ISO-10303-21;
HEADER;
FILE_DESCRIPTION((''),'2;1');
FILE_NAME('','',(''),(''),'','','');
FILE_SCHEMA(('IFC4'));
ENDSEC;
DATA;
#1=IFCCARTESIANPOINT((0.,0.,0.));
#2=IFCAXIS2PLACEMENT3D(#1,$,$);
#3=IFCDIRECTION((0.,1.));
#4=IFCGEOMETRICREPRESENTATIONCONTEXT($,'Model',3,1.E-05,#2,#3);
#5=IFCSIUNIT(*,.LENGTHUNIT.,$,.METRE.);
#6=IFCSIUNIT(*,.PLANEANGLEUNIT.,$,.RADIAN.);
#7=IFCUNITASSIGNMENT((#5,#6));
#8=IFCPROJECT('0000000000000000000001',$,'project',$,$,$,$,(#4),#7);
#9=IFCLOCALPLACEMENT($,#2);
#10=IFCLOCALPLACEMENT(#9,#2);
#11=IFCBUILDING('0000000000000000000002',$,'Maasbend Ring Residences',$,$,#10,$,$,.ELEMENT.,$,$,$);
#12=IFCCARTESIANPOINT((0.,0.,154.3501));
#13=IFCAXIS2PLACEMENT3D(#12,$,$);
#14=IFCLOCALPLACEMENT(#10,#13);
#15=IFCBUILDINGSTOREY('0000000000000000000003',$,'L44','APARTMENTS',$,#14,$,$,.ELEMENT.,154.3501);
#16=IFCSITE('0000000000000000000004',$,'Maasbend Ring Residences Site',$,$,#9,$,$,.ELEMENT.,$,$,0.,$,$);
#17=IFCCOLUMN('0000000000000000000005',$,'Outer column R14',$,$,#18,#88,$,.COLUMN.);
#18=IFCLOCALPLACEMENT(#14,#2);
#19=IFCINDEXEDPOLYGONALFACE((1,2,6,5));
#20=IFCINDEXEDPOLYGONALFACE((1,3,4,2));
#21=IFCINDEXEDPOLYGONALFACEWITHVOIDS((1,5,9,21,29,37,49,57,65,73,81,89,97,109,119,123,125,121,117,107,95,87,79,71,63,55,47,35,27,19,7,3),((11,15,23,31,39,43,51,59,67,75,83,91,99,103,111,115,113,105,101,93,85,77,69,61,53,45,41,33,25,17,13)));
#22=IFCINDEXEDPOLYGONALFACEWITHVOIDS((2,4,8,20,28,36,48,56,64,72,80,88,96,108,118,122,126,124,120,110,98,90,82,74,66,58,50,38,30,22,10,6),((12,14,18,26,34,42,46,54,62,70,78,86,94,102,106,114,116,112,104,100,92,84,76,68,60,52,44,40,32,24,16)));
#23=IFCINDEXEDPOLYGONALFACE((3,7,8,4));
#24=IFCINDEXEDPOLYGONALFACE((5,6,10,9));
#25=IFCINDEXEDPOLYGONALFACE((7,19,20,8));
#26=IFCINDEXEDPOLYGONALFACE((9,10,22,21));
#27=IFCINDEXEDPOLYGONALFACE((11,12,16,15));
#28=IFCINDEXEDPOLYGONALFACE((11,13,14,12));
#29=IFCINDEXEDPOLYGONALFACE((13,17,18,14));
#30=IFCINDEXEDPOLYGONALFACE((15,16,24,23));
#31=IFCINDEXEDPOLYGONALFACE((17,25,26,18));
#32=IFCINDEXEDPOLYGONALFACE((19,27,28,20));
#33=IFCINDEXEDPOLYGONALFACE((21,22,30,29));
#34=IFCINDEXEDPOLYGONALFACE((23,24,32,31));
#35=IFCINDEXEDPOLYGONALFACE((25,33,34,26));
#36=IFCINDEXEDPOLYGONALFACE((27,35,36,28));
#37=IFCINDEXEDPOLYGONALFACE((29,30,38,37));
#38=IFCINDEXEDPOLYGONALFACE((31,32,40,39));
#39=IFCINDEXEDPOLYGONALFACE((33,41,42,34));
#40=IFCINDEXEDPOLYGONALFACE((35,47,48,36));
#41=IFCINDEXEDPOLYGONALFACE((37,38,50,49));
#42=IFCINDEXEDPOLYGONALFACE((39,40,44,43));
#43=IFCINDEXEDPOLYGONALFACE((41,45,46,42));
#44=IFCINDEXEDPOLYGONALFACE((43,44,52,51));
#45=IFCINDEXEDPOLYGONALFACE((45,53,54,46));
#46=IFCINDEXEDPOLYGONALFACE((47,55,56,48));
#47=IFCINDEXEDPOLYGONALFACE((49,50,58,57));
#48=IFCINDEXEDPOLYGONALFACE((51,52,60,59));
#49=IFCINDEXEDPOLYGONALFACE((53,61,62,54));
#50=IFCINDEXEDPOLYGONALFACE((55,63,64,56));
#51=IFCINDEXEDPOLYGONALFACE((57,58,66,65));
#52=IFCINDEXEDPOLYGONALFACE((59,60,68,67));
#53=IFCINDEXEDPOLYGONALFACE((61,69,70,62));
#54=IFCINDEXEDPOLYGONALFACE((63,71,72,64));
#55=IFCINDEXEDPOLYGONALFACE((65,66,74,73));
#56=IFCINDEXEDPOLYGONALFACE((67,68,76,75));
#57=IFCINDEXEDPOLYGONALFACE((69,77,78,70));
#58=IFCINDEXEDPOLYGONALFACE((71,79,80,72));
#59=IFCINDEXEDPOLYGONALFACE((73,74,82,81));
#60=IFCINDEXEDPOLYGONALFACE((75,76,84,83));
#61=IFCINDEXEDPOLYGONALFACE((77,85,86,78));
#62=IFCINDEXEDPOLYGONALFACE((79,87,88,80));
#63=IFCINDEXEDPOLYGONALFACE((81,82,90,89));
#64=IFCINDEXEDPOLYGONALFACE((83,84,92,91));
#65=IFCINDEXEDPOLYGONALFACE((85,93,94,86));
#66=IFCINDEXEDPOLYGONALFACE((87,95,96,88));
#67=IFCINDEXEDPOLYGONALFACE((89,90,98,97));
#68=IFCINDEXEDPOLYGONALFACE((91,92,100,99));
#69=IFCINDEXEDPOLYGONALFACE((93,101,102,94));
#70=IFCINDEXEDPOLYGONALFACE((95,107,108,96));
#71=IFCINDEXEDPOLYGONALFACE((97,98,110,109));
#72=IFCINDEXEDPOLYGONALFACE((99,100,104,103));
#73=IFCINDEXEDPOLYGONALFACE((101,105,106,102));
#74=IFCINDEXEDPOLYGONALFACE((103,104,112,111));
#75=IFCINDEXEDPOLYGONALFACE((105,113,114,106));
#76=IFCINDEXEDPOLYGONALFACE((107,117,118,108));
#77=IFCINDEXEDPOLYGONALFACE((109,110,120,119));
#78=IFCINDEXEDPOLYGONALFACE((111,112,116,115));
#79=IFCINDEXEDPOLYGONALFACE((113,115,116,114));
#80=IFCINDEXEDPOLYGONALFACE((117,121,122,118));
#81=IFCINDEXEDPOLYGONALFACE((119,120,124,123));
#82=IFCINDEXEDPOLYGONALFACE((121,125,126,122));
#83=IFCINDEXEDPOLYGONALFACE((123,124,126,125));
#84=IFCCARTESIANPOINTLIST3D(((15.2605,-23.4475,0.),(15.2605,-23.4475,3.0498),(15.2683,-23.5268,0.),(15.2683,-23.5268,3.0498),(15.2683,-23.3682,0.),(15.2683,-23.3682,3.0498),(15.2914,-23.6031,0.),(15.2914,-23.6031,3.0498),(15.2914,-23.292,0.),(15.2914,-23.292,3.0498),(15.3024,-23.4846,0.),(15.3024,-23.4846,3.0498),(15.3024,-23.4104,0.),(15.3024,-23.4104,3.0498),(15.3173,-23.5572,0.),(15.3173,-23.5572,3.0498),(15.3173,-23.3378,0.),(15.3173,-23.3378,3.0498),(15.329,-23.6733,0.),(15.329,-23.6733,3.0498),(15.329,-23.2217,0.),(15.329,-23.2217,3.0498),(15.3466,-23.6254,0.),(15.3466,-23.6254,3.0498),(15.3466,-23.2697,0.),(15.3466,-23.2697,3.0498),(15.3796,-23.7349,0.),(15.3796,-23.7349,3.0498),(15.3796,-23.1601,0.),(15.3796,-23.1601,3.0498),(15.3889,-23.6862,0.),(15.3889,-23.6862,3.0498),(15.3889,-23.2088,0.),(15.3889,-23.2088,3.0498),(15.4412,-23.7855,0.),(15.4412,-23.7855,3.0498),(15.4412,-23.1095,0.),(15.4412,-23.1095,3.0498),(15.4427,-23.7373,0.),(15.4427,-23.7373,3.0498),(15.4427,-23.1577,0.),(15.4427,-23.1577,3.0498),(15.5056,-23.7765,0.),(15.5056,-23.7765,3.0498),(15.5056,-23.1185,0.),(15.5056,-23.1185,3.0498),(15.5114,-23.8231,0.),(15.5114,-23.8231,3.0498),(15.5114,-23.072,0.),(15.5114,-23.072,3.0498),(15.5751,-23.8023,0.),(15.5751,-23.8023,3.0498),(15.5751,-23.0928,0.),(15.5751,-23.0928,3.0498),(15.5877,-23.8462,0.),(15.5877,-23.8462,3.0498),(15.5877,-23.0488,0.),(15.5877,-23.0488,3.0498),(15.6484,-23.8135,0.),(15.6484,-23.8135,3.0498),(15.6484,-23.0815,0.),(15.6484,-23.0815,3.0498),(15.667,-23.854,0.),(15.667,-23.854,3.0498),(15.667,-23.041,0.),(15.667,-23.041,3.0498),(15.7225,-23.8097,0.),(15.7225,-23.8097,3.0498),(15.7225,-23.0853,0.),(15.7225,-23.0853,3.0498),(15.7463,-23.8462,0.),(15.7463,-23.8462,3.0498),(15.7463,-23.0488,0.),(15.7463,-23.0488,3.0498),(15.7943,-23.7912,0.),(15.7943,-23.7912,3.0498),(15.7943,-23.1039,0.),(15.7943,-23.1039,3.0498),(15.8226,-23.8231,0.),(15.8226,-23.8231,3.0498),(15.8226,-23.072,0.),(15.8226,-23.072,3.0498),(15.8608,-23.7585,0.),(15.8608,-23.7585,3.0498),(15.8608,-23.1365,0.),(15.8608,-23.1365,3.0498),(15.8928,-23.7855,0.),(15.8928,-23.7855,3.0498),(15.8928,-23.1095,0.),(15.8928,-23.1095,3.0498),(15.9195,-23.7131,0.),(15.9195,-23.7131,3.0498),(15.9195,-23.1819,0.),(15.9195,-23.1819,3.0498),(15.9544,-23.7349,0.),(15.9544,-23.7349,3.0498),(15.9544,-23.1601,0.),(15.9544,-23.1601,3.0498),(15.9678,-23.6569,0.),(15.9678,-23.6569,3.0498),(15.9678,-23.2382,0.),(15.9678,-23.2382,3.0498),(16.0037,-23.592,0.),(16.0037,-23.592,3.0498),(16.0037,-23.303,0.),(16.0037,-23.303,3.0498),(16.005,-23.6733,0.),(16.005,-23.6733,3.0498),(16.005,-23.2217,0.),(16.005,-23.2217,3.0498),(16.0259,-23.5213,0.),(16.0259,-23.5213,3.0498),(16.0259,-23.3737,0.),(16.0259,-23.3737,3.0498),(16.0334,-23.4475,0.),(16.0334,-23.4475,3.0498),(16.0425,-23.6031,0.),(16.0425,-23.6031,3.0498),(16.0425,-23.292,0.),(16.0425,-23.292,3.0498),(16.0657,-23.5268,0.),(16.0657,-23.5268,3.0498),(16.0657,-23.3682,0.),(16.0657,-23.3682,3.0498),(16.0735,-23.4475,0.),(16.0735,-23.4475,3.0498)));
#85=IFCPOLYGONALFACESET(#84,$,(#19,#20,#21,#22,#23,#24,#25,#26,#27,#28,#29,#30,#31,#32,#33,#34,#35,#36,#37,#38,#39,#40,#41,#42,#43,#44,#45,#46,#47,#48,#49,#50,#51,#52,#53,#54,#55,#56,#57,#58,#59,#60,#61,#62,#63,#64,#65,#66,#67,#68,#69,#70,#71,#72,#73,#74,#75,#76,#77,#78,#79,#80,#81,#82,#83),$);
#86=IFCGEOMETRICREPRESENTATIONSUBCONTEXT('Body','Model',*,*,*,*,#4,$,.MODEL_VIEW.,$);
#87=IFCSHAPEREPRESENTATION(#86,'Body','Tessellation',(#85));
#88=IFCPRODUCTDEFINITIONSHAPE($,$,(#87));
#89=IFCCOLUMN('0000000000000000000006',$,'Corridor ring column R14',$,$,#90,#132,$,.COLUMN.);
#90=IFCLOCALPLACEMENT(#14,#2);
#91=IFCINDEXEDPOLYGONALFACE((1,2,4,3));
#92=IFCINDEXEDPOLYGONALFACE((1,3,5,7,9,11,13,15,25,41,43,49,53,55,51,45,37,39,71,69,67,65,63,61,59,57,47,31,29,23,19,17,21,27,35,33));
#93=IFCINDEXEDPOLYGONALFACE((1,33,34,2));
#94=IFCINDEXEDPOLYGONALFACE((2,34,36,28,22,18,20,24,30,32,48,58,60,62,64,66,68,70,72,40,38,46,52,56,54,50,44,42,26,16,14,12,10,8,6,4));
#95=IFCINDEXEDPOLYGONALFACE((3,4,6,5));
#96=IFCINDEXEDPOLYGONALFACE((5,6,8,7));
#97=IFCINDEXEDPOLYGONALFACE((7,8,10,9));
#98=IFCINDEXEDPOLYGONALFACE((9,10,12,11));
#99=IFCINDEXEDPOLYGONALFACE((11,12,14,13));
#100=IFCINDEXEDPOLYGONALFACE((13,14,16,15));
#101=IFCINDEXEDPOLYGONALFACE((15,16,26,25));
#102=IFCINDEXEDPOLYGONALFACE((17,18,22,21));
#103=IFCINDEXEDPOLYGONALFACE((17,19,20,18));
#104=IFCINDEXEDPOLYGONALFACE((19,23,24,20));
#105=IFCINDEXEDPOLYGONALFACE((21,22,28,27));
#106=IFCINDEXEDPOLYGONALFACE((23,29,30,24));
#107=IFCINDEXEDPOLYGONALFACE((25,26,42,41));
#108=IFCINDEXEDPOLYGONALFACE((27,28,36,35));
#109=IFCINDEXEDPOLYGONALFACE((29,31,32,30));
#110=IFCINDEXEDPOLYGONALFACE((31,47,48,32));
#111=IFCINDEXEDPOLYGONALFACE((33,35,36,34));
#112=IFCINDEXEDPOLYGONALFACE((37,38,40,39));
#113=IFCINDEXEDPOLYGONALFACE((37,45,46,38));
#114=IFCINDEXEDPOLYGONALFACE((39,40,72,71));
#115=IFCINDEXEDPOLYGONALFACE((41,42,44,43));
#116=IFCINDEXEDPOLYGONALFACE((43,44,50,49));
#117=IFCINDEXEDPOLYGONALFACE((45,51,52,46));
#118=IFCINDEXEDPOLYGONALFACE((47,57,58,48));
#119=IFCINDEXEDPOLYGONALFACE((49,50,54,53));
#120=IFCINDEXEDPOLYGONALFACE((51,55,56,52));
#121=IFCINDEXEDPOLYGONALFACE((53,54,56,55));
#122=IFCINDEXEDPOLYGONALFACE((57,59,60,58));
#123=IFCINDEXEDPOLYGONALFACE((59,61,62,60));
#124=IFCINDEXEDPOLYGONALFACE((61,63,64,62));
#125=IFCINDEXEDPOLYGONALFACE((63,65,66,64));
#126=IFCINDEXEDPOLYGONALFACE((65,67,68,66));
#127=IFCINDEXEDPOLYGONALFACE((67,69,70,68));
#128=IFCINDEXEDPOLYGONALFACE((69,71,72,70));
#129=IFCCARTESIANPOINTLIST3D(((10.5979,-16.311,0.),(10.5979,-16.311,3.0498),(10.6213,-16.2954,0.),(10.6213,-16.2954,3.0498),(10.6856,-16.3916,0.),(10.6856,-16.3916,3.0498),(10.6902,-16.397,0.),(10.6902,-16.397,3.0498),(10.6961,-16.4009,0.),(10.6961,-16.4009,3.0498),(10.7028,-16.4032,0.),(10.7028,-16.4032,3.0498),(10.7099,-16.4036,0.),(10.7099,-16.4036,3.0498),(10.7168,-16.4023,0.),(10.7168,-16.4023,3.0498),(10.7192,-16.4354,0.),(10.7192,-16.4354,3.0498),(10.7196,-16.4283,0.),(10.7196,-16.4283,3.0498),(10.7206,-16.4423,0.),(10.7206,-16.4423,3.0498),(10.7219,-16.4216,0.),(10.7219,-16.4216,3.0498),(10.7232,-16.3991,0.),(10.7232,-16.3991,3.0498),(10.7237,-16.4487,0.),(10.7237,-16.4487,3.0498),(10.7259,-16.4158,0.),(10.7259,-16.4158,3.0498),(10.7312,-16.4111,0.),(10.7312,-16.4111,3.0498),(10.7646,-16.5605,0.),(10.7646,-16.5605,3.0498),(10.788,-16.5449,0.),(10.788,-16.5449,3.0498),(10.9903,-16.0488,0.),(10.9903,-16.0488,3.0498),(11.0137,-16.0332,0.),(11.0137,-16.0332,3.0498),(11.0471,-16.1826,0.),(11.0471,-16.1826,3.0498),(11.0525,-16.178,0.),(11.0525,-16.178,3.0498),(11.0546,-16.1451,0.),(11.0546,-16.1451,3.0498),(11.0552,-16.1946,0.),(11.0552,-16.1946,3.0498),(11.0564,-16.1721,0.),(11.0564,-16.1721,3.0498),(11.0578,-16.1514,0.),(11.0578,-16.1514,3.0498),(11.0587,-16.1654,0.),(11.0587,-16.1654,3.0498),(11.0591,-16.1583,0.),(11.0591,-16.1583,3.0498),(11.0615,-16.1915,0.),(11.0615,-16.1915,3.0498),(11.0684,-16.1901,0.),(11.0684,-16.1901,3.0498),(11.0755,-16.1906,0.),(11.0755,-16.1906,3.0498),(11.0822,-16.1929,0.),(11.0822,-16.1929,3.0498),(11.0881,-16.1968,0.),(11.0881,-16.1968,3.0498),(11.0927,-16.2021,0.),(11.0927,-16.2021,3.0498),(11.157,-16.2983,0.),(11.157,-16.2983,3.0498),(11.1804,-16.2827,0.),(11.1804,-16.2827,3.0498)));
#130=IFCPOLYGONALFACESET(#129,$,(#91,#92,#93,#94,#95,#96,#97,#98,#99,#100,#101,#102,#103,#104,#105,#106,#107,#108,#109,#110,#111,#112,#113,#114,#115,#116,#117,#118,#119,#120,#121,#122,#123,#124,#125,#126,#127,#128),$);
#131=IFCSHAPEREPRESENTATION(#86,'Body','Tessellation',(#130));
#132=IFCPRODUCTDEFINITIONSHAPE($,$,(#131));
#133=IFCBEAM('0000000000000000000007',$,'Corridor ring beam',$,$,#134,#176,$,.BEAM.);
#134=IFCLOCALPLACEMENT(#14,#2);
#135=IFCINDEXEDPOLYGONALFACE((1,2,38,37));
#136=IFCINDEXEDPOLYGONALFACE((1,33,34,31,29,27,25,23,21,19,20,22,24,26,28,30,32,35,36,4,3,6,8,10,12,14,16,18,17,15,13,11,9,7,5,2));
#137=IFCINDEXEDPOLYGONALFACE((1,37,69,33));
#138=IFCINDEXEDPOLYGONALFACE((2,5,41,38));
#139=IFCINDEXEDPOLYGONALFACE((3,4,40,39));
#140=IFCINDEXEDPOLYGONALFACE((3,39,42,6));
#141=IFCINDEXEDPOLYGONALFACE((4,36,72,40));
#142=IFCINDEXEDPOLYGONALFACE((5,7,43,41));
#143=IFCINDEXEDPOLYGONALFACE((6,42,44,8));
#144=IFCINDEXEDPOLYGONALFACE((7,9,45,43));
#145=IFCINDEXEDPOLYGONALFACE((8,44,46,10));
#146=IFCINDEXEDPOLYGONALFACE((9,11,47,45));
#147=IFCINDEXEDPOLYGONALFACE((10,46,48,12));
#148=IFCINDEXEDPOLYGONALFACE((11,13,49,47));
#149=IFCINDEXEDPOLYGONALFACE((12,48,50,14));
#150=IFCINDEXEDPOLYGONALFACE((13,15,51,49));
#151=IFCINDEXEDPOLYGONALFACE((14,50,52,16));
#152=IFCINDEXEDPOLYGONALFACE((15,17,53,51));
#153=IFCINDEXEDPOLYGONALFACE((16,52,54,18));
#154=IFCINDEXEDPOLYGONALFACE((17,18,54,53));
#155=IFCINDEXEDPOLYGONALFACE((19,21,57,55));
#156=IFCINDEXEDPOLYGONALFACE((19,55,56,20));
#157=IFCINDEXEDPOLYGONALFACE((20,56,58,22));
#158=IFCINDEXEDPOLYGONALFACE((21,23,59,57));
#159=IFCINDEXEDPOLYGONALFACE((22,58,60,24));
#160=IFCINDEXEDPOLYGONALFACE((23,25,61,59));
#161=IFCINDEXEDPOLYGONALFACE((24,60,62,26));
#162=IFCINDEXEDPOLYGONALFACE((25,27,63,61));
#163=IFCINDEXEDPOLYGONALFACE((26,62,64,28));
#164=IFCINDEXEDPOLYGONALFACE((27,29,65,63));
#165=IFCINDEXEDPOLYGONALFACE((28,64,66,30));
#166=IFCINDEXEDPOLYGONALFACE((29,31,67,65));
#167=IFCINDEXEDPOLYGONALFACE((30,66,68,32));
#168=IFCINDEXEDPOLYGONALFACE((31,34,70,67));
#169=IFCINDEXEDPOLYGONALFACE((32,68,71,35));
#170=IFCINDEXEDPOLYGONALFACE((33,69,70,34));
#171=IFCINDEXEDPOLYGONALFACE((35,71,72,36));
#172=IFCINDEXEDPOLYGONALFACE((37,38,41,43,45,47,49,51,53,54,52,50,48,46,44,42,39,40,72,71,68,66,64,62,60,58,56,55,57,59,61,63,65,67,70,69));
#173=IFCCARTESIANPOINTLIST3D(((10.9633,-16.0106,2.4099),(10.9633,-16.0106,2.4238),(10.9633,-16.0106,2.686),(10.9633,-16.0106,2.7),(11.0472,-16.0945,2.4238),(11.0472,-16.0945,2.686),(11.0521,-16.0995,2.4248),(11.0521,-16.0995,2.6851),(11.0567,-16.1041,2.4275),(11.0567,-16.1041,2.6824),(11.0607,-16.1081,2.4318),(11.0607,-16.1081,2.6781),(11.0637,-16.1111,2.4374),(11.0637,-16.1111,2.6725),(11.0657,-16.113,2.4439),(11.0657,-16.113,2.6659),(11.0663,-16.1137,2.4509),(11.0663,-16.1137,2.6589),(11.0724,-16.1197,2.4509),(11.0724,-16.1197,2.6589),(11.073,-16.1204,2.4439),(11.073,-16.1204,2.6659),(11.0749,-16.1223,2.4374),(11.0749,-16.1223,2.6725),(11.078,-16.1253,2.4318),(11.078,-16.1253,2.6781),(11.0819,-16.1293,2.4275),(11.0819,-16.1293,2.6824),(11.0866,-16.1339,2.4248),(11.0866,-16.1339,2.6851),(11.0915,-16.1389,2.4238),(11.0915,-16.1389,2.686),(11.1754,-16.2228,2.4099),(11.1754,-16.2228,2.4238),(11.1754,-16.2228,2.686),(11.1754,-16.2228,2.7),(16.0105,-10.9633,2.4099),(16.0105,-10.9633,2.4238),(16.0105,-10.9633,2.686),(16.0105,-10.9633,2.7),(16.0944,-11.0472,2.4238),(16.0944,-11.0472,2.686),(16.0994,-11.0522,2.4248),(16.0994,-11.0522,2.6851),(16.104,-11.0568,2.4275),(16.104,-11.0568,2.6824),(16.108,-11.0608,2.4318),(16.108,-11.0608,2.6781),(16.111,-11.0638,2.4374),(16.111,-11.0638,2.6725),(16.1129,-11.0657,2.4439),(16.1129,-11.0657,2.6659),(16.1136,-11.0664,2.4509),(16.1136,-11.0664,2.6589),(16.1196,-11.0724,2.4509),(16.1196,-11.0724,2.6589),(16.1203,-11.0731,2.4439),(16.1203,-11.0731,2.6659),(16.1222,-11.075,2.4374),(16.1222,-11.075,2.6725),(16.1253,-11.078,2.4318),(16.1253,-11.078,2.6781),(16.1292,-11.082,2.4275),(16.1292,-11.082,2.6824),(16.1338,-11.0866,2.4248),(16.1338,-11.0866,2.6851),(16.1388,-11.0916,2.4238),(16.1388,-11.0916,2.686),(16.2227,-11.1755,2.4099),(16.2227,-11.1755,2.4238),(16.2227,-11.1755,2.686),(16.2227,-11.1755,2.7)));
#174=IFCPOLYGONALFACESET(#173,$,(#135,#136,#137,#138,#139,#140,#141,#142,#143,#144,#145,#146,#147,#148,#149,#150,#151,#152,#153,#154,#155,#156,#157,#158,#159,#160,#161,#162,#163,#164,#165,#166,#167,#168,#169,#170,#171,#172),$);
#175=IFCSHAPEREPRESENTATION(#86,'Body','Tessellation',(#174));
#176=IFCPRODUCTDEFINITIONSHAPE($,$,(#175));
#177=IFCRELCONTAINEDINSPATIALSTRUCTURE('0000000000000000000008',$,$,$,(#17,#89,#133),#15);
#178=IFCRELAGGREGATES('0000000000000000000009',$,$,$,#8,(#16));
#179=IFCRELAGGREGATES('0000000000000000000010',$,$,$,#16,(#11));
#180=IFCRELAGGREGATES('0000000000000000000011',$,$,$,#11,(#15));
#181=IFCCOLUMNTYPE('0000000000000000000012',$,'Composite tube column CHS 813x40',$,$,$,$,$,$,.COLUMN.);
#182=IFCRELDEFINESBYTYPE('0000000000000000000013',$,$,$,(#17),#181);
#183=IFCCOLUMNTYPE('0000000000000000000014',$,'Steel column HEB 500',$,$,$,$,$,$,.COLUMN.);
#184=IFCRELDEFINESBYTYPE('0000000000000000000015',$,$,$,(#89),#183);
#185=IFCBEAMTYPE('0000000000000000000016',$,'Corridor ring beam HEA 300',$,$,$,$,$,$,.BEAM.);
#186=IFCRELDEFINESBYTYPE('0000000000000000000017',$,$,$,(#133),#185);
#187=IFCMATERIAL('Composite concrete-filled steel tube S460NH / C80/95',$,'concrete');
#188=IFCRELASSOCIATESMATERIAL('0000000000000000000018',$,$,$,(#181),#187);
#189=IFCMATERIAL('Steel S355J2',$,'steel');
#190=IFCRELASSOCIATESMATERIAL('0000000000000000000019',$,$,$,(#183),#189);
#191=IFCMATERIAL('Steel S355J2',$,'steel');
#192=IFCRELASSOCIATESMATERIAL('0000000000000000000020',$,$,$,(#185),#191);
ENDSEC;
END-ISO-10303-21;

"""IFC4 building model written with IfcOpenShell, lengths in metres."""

from ifc_helpers import new_model, si_unit, direction, frame, origin, origin_2d, place, context, subcontext, project, spatial, hollow_circle, i_section, extrude, material, material_profile, profile_set, type_object, element, save


model = new_model("IFC4")

# Units and contexts
model_context = context("Model", 3, precision=1e-05, world=origin(), true_north=direction((0.0, 1.0)))
body_context = subcontext(model_context, "Body", "Model", "MODEL_VIEW")
ifc_project = project(units=[si_unit("LENGTHUNIT", "METRE"), si_unit("PLANEANGLEUNIT", "RADIAN")], contexts=[model_context])

# Site, building, storey
site_placement = place(None, origin())
site = spatial("IfcSite", under=ifc_project, at=site_placement, Name="Maasbend Ring Residences Site", CompositionType="ELEMENT", RefElevation=0.0)
building_placement = place(site_placement, origin())
building = spatial("IfcBuilding", under=site, at=building_placement, Name="Maasbend Ring Residences", CompositionType="ELEMENT")
storey_placement = place(building_placement, frame((0.0, 0.0, 154.3501)))
storey = spatial("IfcBuildingStorey", under=building, at=storey_placement, Name="L44", Description="APARTMENTS", CompositionType="ELEMENT", Elevation=154.3501)

# Columns
ifc_material_1 = material(Name="Composite concrete-filled steel tube S460NH / C80/95", Category="concrete")
ifc_material_profile_1 = material_profile(ifc_material_1, hollow_circle(Radius=0.4065, WallThickness=0.04, at=origin_2d()), Name="Composite tube column CHS 813x40")
ifc_profile_set_1 = profile_set([ifc_material_profile_1], Name="Composite concrete-filled steel tube S460NH / C80/95")
column_type_1 = type_object("IfcColumnType", Name="Composite tube column CHS 813x40", PredefinedType="COLUMN", material=ifc_profile_set_1)
column_1_placement = place(storey_placement, frame((15.667, -23.4475, 0.0), z_axis=(0.0, 0.0, 1.0), x_axis=(1.0, 0.0, 0.0)))
element("IfcColumn", 1, at=column_1_placement, inside=storey, type_object=column_type_1, Name="Outer column R14", PredefinedType="COLUMN", context=body_context, shape_type="SweptSolid", body=[
    extrude(hollow_circle(Radius=0.4065, WallThickness=0.04, at=origin_2d()), origin(), (0.0, 0.0, 1.0), 3.0498),
])
ifc_material_2 = material(Name="Steel S355J2", Category="steel")
ifc_material_profile_2 = material_profile(ifc_material_2, i_section(OverallWidth=0.3, OverallDepth=0.5, WebThickness=0.0144, FlangeThickness=0.0281, FilletRadius=0.0271, at=origin_2d()), Name="HEB 500")
ifc_profile_set_2 = profile_set([ifc_material_profile_2], Name="Steel S355J2")
column_type_2 = type_object("IfcColumnType", Name="Steel column HEB 500", PredefinedType="COLUMN", material=ifc_profile_set_2)
column_2_placement = place(storey_placement, frame((10.8892, -16.2969, 0.0), z_axis=(0.0, 0.0, 1.0), x_axis=(0.55557, -0.83147, 0.0)))
element("IfcColumn", 2, at=column_2_placement, inside=storey, type_object=column_type_2, Name="Corridor ring column R14", PredefinedType="COLUMN", context=body_context, shape_type="SweptSolid", body=[
    extrude(i_section(OverallWidth=0.3, OverallDepth=0.5, WebThickness=0.0144, FlangeThickness=0.0281, FilletRadius=0.0271, at=origin_2d()), origin(), (0.0, 0.0, 1.0), 3.0498),
])

# Beam
ifc_material_3 = material(Name="Steel S355J2", Category="steel")
ifc_material_profile_3 = material_profile(ifc_material_3, i_section(OverallWidth=0.3, OverallDepth=0.29, WebThickness=0.0085, FlangeThickness=0.0139, FilletRadius=0.0271, at=origin_2d()), Name="HEA 300")
ifc_profile_set_3 = profile_set([ifc_material_profile_3], Name="Steel S355J2")
beam_type_1 = type_object("IfcBeamType", Name="Corridor ring beam HEA 300", PredefinedType="BEAM", material=ifc_profile_set_3)
beam_1_placement = place(storey_placement, frame((11.0693, -16.1167, 2.5549), z_axis=(0.707107, 0.707107, 0.0), x_axis=(-0.707107, 0.707107, 0.0)))
element("IfcBeam", 3, at=beam_1_placement, inside=storey, type_object=beam_type_1, Name="Corridor ring beam", PredefinedType="BEAM", context=body_context, shape_type="SweptSolid", body=[
    extrude(i_section(OverallWidth=0.3, OverallDepth=0.29, WebThickness=0.0085, FlangeThickness=0.0139, FilletRadius=0.0271, at=origin_2d()), origin(), (0.0, 0.0, 1.0), 7.1379),
])

save(model, "model.ifc")
